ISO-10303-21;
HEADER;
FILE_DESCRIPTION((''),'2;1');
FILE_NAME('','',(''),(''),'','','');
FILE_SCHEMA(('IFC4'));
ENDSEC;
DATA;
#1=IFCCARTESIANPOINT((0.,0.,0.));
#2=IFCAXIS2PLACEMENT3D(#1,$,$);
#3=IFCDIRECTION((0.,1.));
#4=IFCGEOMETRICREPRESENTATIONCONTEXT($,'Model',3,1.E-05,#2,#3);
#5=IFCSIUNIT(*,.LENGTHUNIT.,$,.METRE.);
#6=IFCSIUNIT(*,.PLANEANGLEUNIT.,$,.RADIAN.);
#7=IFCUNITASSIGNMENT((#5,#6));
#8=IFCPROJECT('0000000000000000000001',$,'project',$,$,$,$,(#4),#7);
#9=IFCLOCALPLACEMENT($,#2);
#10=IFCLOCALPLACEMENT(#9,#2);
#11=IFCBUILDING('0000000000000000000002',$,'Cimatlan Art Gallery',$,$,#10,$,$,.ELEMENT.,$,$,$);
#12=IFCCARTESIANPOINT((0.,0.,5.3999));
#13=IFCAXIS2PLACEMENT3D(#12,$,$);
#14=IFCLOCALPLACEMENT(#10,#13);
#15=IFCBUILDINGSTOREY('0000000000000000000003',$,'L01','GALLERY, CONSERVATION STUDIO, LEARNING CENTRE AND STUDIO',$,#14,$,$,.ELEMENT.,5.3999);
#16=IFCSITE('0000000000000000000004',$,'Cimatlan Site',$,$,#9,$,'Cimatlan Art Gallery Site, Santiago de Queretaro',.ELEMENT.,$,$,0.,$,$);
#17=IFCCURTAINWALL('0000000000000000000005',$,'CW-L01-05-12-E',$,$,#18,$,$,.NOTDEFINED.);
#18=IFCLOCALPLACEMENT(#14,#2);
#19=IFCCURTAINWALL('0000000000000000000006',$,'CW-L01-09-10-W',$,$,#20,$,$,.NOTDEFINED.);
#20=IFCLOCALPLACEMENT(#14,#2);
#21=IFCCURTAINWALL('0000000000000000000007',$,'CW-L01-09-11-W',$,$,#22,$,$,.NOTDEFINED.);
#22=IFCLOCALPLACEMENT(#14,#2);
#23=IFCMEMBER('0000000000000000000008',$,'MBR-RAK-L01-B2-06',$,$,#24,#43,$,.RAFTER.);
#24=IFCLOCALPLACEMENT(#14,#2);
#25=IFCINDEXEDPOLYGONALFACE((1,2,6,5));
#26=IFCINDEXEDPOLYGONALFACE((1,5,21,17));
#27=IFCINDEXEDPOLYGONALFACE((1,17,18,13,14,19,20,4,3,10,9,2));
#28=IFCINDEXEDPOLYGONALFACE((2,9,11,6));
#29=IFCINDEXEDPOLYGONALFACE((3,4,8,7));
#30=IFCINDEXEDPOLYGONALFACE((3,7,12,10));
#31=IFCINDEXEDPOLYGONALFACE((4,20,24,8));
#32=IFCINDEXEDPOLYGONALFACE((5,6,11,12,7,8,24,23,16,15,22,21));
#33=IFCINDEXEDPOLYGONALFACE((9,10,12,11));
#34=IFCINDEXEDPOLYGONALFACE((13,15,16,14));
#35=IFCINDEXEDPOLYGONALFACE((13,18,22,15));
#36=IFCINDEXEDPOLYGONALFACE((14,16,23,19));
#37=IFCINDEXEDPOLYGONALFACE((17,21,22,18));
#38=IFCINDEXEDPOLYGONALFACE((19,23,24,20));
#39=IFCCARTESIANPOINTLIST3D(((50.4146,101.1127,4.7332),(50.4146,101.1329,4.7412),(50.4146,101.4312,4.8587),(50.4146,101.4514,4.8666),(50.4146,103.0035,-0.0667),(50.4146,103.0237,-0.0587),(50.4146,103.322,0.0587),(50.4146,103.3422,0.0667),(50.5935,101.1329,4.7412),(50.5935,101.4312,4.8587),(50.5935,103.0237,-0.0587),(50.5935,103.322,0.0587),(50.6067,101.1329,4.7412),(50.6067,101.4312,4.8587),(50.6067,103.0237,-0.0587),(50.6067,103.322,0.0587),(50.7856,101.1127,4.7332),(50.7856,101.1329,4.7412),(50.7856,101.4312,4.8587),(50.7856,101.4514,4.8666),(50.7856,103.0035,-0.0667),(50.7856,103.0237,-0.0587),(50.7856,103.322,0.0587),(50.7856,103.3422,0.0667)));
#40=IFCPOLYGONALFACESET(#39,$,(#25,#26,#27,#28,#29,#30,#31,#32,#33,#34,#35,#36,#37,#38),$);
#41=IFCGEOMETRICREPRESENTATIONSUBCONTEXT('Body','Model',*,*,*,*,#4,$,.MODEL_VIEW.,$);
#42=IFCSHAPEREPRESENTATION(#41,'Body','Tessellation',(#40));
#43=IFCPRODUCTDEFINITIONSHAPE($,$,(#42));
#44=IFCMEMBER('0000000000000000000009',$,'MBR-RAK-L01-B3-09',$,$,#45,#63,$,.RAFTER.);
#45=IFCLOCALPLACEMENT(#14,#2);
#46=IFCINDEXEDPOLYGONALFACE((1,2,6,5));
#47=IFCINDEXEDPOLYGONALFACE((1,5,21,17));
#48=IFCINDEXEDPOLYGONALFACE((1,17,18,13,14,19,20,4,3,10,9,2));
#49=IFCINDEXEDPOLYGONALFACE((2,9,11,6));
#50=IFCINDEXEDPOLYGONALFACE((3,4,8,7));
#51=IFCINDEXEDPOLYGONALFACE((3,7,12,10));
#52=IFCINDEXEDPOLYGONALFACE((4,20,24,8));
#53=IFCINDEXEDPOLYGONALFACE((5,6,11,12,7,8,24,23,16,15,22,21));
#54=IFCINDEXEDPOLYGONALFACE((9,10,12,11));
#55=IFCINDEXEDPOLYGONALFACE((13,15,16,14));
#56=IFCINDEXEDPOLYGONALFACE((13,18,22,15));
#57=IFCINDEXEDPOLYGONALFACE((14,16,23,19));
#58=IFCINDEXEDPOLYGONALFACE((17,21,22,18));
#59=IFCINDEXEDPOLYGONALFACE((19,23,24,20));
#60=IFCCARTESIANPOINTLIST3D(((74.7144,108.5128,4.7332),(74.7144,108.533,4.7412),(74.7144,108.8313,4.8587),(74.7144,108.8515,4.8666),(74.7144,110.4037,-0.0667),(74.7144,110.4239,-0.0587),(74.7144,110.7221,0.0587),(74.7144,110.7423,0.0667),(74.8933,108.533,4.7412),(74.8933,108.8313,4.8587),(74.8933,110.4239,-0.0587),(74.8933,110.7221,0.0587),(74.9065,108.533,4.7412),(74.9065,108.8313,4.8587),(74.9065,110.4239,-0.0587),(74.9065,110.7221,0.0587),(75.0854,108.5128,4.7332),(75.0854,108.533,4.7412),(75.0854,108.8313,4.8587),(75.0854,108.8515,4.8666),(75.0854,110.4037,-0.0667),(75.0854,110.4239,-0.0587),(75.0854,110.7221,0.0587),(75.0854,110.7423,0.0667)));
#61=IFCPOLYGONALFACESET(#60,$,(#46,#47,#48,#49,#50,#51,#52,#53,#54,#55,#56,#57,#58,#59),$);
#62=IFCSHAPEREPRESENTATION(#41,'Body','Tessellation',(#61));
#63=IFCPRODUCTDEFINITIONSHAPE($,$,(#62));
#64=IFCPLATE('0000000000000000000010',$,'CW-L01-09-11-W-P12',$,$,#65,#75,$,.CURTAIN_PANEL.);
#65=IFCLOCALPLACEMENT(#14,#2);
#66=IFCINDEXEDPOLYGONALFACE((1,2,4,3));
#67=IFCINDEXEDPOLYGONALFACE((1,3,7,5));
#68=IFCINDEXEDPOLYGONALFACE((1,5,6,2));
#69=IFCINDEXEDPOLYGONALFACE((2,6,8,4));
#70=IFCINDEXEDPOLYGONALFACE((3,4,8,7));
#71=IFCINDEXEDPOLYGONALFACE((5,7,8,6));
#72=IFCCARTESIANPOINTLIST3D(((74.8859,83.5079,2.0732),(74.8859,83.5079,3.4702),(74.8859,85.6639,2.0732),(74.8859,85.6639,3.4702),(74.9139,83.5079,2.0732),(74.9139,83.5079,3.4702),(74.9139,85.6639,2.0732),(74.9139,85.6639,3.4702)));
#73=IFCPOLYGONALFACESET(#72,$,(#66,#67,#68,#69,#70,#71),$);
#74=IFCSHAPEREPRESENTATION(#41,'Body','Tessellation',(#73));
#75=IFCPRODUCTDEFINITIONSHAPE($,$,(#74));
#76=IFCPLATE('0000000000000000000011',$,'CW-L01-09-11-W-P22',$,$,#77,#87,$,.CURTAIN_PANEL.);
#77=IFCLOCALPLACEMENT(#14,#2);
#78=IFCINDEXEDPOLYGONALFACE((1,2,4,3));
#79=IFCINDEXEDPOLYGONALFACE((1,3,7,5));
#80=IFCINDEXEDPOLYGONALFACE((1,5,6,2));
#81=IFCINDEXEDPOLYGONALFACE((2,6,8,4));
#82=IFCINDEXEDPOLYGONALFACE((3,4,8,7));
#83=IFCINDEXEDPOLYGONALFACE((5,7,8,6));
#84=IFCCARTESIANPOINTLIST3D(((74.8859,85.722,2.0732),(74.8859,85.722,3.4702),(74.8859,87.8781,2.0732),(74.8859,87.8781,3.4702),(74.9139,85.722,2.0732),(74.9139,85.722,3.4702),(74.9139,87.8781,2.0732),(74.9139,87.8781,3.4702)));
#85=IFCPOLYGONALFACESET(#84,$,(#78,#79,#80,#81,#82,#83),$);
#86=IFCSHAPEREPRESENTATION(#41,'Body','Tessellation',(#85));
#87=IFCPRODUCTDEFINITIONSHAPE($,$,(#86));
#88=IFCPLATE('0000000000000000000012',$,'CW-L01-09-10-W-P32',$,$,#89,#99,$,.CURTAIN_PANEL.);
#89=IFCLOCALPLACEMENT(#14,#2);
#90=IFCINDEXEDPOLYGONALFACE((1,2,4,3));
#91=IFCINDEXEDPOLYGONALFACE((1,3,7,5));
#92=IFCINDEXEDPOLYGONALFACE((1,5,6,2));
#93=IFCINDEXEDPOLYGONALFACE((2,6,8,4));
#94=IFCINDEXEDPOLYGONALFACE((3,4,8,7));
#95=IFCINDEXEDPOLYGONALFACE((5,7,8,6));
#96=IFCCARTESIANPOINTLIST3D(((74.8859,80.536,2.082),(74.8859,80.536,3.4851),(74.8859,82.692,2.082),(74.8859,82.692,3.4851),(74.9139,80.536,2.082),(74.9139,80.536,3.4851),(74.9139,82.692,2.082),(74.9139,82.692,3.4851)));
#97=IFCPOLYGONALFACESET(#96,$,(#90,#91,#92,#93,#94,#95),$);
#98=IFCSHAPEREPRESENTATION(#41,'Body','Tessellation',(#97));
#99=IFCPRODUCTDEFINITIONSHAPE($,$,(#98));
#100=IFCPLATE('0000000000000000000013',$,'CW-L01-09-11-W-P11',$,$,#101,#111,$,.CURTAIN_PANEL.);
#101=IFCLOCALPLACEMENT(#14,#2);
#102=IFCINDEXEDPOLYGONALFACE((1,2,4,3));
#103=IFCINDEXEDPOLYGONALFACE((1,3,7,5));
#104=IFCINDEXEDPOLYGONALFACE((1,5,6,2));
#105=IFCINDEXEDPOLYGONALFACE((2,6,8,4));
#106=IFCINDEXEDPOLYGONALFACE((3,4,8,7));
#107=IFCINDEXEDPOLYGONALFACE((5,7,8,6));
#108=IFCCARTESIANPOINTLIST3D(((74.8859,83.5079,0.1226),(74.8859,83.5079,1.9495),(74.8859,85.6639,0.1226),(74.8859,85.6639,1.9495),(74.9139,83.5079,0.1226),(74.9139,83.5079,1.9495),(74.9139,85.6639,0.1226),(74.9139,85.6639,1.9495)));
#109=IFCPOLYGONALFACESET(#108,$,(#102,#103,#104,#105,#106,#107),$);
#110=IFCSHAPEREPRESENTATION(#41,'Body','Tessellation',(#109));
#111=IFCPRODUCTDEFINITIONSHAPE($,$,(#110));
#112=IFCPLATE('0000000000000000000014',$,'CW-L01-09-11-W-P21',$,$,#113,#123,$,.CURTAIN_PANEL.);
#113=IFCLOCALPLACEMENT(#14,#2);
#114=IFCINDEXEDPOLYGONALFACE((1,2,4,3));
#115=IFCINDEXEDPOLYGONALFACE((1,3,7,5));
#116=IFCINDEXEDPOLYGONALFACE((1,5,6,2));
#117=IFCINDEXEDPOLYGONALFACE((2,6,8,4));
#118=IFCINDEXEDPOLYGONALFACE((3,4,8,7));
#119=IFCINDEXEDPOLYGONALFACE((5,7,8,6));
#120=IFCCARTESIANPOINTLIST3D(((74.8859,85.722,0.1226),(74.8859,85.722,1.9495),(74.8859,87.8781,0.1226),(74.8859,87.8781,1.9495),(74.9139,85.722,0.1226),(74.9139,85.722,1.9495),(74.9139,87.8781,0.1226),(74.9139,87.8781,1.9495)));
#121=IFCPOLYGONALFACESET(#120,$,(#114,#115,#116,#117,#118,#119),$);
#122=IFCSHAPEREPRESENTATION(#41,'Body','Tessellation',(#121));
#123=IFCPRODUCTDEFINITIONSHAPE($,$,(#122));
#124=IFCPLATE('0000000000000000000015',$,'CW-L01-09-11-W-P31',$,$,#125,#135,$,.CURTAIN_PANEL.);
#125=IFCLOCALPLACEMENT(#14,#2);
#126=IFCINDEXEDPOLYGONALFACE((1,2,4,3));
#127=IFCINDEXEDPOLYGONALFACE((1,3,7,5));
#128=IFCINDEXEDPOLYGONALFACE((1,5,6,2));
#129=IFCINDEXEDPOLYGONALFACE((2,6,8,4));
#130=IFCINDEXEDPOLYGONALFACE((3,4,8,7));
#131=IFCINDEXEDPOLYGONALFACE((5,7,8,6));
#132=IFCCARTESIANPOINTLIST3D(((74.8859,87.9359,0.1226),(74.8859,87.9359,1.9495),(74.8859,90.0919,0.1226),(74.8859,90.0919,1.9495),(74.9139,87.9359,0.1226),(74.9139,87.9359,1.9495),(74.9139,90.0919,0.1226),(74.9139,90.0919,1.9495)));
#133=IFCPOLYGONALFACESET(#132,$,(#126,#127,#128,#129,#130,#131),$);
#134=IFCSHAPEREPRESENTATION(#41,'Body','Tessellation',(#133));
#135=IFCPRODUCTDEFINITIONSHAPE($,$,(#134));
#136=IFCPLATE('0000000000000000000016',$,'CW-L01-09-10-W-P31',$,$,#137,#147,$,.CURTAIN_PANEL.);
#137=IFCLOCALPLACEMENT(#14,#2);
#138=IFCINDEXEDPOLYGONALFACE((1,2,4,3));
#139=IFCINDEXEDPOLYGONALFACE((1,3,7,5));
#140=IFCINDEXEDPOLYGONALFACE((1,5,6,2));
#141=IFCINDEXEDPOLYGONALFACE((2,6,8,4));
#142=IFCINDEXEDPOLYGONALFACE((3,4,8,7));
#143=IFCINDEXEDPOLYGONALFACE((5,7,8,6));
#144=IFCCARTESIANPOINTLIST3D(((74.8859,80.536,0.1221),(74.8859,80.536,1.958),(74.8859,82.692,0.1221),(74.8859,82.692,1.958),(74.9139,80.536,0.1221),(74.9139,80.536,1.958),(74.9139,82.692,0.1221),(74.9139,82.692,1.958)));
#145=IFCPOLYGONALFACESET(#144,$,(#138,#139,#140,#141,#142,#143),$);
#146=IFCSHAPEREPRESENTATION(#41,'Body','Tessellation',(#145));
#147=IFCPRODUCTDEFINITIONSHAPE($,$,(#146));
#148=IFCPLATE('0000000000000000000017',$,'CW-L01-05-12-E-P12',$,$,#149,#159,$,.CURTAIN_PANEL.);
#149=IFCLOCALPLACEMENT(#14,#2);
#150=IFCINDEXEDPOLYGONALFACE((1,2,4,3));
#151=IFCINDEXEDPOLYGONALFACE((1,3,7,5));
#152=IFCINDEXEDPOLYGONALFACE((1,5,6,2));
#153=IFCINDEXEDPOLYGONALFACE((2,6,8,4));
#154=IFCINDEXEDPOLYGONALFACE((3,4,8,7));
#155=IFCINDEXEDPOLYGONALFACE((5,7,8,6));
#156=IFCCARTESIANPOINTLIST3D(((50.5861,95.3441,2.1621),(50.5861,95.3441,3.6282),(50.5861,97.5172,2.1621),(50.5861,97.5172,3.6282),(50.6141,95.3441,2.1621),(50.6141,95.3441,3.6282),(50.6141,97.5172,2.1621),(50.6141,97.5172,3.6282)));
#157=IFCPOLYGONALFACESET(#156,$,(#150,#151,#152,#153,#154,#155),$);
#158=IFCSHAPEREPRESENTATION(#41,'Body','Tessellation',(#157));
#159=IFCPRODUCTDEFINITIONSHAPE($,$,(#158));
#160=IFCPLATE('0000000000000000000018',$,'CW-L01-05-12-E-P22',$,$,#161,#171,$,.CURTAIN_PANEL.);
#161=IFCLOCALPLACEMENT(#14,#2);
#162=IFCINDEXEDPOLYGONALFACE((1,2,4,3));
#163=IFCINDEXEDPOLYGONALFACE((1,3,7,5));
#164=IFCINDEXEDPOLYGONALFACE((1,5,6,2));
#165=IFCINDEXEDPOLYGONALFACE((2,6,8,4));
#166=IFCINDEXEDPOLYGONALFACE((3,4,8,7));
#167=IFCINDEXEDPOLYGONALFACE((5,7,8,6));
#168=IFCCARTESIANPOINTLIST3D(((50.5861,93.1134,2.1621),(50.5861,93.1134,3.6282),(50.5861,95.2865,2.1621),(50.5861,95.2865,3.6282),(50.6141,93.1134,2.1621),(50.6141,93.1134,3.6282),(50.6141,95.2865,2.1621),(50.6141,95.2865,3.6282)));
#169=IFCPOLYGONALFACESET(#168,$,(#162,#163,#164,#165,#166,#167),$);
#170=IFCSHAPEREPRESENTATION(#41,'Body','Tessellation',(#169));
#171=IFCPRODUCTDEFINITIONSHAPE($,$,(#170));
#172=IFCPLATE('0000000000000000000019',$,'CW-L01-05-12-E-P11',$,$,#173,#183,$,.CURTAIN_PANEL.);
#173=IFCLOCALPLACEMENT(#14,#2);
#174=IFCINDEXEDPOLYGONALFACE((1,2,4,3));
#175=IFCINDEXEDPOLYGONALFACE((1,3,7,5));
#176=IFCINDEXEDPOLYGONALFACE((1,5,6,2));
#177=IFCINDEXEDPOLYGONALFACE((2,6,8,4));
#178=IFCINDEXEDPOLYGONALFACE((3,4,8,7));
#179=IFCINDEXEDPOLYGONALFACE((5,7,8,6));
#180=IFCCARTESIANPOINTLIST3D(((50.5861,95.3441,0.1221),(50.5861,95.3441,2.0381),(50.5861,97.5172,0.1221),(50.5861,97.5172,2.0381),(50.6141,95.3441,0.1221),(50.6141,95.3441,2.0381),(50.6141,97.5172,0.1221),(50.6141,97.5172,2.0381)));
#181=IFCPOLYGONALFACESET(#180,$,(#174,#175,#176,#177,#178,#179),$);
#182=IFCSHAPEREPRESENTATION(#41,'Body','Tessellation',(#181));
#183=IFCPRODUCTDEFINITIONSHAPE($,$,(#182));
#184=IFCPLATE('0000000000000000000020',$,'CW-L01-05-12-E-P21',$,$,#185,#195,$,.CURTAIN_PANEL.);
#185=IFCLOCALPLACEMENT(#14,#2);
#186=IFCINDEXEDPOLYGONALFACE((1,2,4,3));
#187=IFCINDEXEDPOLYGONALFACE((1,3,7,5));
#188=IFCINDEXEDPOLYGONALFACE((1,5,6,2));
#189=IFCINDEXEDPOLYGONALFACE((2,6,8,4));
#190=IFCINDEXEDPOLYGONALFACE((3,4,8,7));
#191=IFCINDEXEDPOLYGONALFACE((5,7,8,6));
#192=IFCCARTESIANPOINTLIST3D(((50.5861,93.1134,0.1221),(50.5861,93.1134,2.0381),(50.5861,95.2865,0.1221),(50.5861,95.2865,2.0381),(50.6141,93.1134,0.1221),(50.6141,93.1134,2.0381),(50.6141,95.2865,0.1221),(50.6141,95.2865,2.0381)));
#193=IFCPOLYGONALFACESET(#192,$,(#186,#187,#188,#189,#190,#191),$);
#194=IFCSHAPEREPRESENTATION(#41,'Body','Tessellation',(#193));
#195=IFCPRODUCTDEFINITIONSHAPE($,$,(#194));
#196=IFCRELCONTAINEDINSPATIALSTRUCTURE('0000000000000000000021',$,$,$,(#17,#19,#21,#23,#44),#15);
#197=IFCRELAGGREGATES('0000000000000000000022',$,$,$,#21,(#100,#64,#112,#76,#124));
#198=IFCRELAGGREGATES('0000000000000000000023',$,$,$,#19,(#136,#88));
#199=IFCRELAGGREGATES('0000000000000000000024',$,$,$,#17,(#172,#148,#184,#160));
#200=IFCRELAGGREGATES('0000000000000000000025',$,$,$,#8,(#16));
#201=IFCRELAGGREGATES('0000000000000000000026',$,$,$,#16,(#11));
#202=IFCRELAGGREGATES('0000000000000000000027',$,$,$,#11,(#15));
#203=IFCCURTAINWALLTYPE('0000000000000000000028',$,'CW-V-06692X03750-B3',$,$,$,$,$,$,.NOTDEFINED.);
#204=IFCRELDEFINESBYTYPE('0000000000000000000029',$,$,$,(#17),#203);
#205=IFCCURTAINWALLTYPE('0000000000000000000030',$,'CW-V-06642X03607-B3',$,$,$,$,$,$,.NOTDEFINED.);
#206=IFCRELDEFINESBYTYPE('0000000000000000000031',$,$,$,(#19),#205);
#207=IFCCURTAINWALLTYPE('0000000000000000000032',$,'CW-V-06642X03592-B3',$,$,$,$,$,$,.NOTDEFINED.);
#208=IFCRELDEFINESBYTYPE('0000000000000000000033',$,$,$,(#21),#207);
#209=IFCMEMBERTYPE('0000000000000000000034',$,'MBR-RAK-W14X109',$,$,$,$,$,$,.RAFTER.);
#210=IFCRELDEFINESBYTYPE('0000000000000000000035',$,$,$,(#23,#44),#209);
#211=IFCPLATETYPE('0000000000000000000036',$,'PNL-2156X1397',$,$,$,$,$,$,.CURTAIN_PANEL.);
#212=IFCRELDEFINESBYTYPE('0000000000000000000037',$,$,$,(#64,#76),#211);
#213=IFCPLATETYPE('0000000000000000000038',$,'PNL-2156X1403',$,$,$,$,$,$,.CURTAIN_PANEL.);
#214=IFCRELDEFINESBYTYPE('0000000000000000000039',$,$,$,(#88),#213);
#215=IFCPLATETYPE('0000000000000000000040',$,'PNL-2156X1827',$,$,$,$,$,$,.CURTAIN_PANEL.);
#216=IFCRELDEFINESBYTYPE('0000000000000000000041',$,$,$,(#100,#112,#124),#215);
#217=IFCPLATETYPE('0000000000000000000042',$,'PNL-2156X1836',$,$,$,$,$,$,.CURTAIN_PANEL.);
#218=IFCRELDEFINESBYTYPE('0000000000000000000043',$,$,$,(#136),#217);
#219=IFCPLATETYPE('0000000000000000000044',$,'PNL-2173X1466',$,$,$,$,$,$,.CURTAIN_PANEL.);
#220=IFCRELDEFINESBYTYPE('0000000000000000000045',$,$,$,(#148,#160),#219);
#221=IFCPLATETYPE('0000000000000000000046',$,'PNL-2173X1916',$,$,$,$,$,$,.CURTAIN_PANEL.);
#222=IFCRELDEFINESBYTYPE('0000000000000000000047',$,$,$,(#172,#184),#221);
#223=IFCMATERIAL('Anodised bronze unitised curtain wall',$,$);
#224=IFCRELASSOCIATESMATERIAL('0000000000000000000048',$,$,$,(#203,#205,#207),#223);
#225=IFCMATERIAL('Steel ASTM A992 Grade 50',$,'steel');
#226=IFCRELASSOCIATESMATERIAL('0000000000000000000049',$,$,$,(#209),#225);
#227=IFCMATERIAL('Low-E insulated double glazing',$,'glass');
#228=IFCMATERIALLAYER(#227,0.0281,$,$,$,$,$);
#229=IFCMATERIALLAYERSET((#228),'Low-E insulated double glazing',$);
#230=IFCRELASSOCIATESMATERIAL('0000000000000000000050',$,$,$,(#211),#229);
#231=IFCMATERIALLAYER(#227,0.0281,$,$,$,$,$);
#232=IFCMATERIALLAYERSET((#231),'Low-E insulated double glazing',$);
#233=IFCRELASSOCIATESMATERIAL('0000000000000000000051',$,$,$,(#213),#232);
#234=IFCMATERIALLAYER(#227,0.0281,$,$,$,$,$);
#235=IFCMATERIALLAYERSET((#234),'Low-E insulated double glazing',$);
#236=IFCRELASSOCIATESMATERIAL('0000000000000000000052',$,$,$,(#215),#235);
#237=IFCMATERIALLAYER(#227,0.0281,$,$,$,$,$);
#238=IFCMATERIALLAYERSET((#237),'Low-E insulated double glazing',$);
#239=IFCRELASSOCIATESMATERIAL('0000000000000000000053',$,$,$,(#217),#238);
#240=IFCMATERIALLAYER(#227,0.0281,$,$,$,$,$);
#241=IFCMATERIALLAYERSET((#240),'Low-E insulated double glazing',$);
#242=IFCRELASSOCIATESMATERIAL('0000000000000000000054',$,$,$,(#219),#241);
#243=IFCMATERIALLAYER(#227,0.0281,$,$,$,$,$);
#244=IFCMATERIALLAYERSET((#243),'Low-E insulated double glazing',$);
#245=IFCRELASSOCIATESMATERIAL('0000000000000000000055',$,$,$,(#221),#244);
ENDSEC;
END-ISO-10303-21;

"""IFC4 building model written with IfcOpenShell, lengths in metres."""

from ifc_helpers import new_model, si_unit, direction, frame, origin, origin_2d, place, context, subcontext, project, spatial, rectangle, i_section, extrude, material, layer, layer_set, material_profile, profile_set, type_object, element, aggregate, save


model = new_model("IFC4")

# Units and contexts
model_context = context("Model", 3, precision=1e-05, world=origin(), true_north=direction((0.0, 1.0)))
body_context = subcontext(model_context, "Body", "Model", "MODEL_VIEW")
ifc_project = project(units=[si_unit("LENGTHUNIT", "METRE"), si_unit("PLANEANGLEUNIT", "RADIAN")], contexts=[model_context])

# Site, building, storey
site_placement = place(None, origin())
site = spatial("IfcSite", under=ifc_project, at=site_placement, Name="Cimatlan Site", LongName="Cimatlan Art Gallery Site, Santiago de Queretaro", CompositionType="ELEMENT", RefElevation=0.0)
building_placement = place(site_placement, origin())
building = spatial("IfcBuilding", under=site, at=building_placement, Name="Cimatlan Art Gallery", CompositionType="ELEMENT")
storey_placement = place(building_placement, frame((0.0, 0.0, 5.3999)))
storey = spatial("IfcBuildingStorey", under=building, at=storey_placement, Name="L01", Description="GALLERY, CONSERVATION STUDIO, LEARNING CENTRE AND STUDIO", CompositionType="ELEMENT", Elevation=5.3999)

# Shared definitions
ifc_material_1 = material(Name="Steel ASTM A992 Grade 50", Category="steel")

# Curtain wall
ifc_material_2 = material(Name="Anodised bronze unitised curtain wall")
curtain_wall_type_1 = type_object("IfcCurtainWallType", Name="CW-V-06692X03750-B3", PredefinedType="NOTDEFINED", material=ifc_material_2)
curtain_wall_1_placement = place(storey_placement, origin())
curtain_wall_1 = element("IfcCurtainWall", 1, at=curtain_wall_1_placement, inside=storey, type_object=curtain_wall_type_1, Name="CW-L01-05-12-E", PredefinedType="NOTDEFINED")

# Curtain wall
curtain_wall_type_2 = type_object("IfcCurtainWallType", Name="CW-V-06642X03607-B3", PredefinedType="NOTDEFINED", material=ifc_material_2)
curtain_wall_2_placement = place(storey_placement, origin())
curtain_wall_2 = element("IfcCurtainWall", 2, at=curtain_wall_2_placement, inside=storey, type_object=curtain_wall_type_2, Name="CW-L01-09-10-W", PredefinedType="NOTDEFINED")

# Curtain wall
curtain_wall_type_3 = type_object("IfcCurtainWallType", Name="CW-V-06642X03592-B3", PredefinedType="NOTDEFINED", material=ifc_material_2)
curtain_wall_3_placement = place(storey_placement, origin())
curtain_wall_3 = element("IfcCurtainWall", 3, at=curtain_wall_3_placement, inside=storey, type_object=curtain_wall_type_3, Name="CW-L01-09-11-W", PredefinedType="NOTDEFINED")

# Members
ifc_material_profile_1 = material_profile(ifc_material_1, i_section(OverallWidth=0.3711, OverallDepth=0.364, WebThickness=0.0132, FlangeThickness=0.0217, at=origin_2d()), Name="W14X109")
ifc_profile_set_1 = profile_set([ifc_material_profile_1], Name="Steel ASTM A992 Grade 50")
member_type_1 = type_object("IfcMemberType", Name="MBR-RAK-W14X109", PredefinedType="RAFTER", material=ifc_profile_set_1)
for number, where, z_axis, x_axis, name in (
    (4, (50.6001, 103.1729, 0.0), (0.0, -0.366515, 0.930412), (1.0, 0.0, 0.0), "MBR-RAK-L01-B2-06"),
    (5, (74.8999, 110.573, 0.0), (0.0, -0.366515, 0.930412), (1.0, 0.0, 0.0), "MBR-RAK-L01-B3-09"),
):
    element("IfcMember", number, at=place(storey_placement, frame(where, z_axis=z_axis, x_axis=x_axis)), inside=storey, type_object=member_type_1, Name=name, PredefinedType="RAFTER", context=body_context, shape_type="SweptSolid", body=[
        extrude(i_section(OverallWidth=0.3711, OverallDepth=0.364, WebThickness=0.0132, FlangeThickness=0.0217, at=origin_2d()), origin(), (0.0, 0.0, 1.0), 5.1589),
    ])

# Plates
ifc_material_3 = material(Name="Low-E insulated double glazing", Category="glass")
ifc_layer_1 = layer(ifc_material_3, 0.0281)
ifc_layer_set_1 = layer_set([ifc_layer_1], Name="Low-E insulated double glazing")
plate_type_1 = type_object("IfcPlateType", Name="PNL-2156X1397", PredefinedType="CURTAIN_PANEL", material=ifc_layer_set_1)
plate_1_placement = place(storey_placement, frame((74.8999, 84.5859, 2.0732), z_axis=(0.0, 0.0, 1.0), x_axis=(0.0, 1.0, 0.0)))
plate_1 = element("IfcPlate", 6, at=plate_1_placement, type_object=plate_type_1, Name="CW-L01-09-11-W-P12", PredefinedType="CURTAIN_PANEL", context=body_context, shape_type="SweptSolid", body=[
    extrude(rectangle(XDim=2.156, YDim=0.0281, at=origin_2d()), origin(), (0.0, 0.0, 1.0), 1.397),
])
plate_2_placement = place(storey_placement, frame((74.8999, 86.8, 2.0732), z_axis=(0.0, 0.0, 1.0), x_axis=(0.0, 1.0, 0.0)))
plate_2 = element("IfcPlate", 7, at=plate_2_placement, type_object=plate_type_1, Name="CW-L01-09-11-W-P22", PredefinedType="CURTAIN_PANEL", context=body_context, shape_type="SweptSolid", body=[
    extrude(rectangle(XDim=2.156, YDim=0.0281, at=origin_2d()), origin(), (0.0, 0.0, 1.0), 1.397),
])
ifc_layer_2 = layer(ifc_material_3, 0.0281)
ifc_layer_set_2 = layer_set([ifc_layer_2], Name="Low-E insulated double glazing")
plate_type_2 = type_object("IfcPlateType", Name="PNL-2156X1403", PredefinedType="CURTAIN_PANEL", material=ifc_layer_set_2)
plate_3_placement = place(storey_placement, frame((74.8999, 81.614, 2.082), z_axis=(0.0, 0.0, 1.0), x_axis=(0.0, 1.0, 0.0)))
plate_3 = element("IfcPlate", 8, at=plate_3_placement, type_object=plate_type_2, Name="CW-L01-09-10-W-P32", PredefinedType="CURTAIN_PANEL", context=body_context, shape_type="SweptSolid", body=[
    extrude(rectangle(XDim=2.156, YDim=0.0281, at=origin_2d()), origin(), (0.0, 0.0, 1.0), 1.4031),
])
ifc_layer_3 = layer(ifc_material_3, 0.0281)
ifc_layer_set_3 = layer_set([ifc_layer_3], Name="Low-E insulated double glazing")
plate_type_3 = type_object("IfcPlateType", Name="PNL-2156X1827", PredefinedType="CURTAIN_PANEL", material=ifc_layer_set_3)
plate_4_placement = place(storey_placement, frame((74.8999, 84.5859, 0.1226), z_axis=(0.0, 0.0, 1.0), x_axis=(0.0, 1.0, 0.0)))
plate_4 = element("IfcPlate", 9, at=plate_4_placement, type_object=plate_type_3, Name="CW-L01-09-11-W-P11", PredefinedType="CURTAIN_PANEL", context=body_context, shape_type="SweptSolid", body=[
    extrude(rectangle(XDim=2.156, YDim=0.0281, at=origin_2d()), origin(), (0.0, 0.0, 1.0), 1.8269),
])
plate_5_placement = place(storey_placement, frame((74.8999, 86.8, 0.1226), z_axis=(0.0, 0.0, 1.0), x_axis=(0.0, 1.0, 0.0)))
plate_5 = element("IfcPlate", 10, at=plate_5_placement, type_object=plate_type_3, Name="CW-L01-09-11-W-P21", PredefinedType="CURTAIN_PANEL", context=body_context, shape_type="SweptSolid", body=[
    extrude(rectangle(XDim=2.156, YDim=0.0281, at=origin_2d()), origin(), (0.0, 0.0, 1.0), 1.8269),
])
plate_6_placement = place(storey_placement, frame((74.8999, 89.0139, 0.1226), z_axis=(0.0, 0.0, 1.0), x_axis=(0.0, 1.0, 0.0)))
plate_6 = element("IfcPlate", 11, at=plate_6_placement, type_object=plate_type_3, Name="CW-L01-09-11-W-P31", PredefinedType="CURTAIN_PANEL", context=body_context, shape_type="SweptSolid", body=[
    extrude(rectangle(XDim=2.156, YDim=0.0281, at=origin_2d()), origin(), (0.0, 0.0, 1.0), 1.8269),
])
aggregate(curtain_wall_3, [plate_4, plate_1, plate_5, plate_2, plate_6])
ifc_layer_4 = layer(ifc_material_3, 0.0281)
ifc_layer_set_4 = layer_set([ifc_layer_4], Name="Low-E insulated double glazing")
plate_type_4 = type_object("IfcPlateType", Name="PNL-2156X1836", PredefinedType="CURTAIN_PANEL", material=ifc_layer_set_4)
plate_7_placement = place(storey_placement, frame((74.8999, 81.614, 0.1221), z_axis=(0.0, 0.0, 1.0), x_axis=(0.0, 1.0, 0.0)))
plate_7 = element("IfcPlate", 12, at=plate_7_placement, type_object=plate_type_4, Name="CW-L01-09-10-W-P31", PredefinedType="CURTAIN_PANEL", context=body_context, shape_type="SweptSolid", body=[
    extrude(rectangle(XDim=2.156, YDim=0.0281, at=origin_2d()), origin(), (0.0, 0.0, 1.0), 1.8359),
])
aggregate(curtain_wall_2, [plate_7, plate_3])
ifc_layer_5 = layer(ifc_material_3, 0.0281)
ifc_layer_set_5 = layer_set([ifc_layer_5], Name="Low-E insulated double glazing")
plate_type_5 = type_object("IfcPlateType", Name="PNL-2173X1466", PredefinedType="CURTAIN_PANEL", material=ifc_layer_set_5)
plate_8_placement = place(storey_placement, frame((50.6001, 96.4307, 2.1621), z_axis=(0.0, 0.0, 1.0), x_axis=(0.0, -1.0, 0.0)))
plate_8 = element("IfcPlate", 13, at=plate_8_placement, type_object=plate_type_5, Name="CW-L01-05-12-E-P12", PredefinedType="CURTAIN_PANEL", context=body_context, shape_type="SweptSolid", body=[
    extrude(rectangle(XDim=2.1731, YDim=0.0281, at=origin_2d()), origin(), (0.0, 0.0, 1.0), 1.4661),
])
plate_9_placement = place(storey_placement, frame((50.6001, 94.2, 2.1621), z_axis=(0.0, 0.0, 1.0), x_axis=(0.0, -1.0, 0.0)))
plate_9 = element("IfcPlate", 14, at=plate_9_placement, type_object=plate_type_5, Name="CW-L01-05-12-E-P22", PredefinedType="CURTAIN_PANEL", context=body_context, shape_type="SweptSolid", body=[
    extrude(rectangle(XDim=2.1731, YDim=0.0281, at=origin_2d()), origin(), (0.0, 0.0, 1.0), 1.4661),
])
ifc_layer_6 = layer(ifc_material_3, 0.0281)
ifc_layer_set_6 = layer_set([ifc_layer_6], Name="Low-E insulated double glazing")
plate_type_6 = type_object("IfcPlateType", Name="PNL-2173X1916", PredefinedType="CURTAIN_PANEL", material=ifc_layer_set_6)
plate_10_placement = place(storey_placement, frame((50.6001, 96.4307, 0.1221), z_axis=(0.0, 0.0, 1.0), x_axis=(0.0, -1.0, 0.0)))
plate_10 = element("IfcPlate", 15, at=plate_10_placement, type_object=plate_type_6, Name="CW-L01-05-12-E-P11", PredefinedType="CURTAIN_PANEL", context=body_context, shape_type="SweptSolid", body=[
    extrude(rectangle(XDim=2.1731, YDim=0.0281, at=origin_2d()), origin(), (0.0, 0.0, 1.0), 1.916),
])
plate_11_placement = place(storey_placement, frame((50.6001, 94.2, 0.1221), z_axis=(0.0, 0.0, 1.0), x_axis=(0.0, -1.0, 0.0)))
plate_11 = element("IfcPlate", 16, at=plate_11_placement, type_object=plate_type_6, Name="CW-L01-05-12-E-P21", PredefinedType="CURTAIN_PANEL", context=body_context, shape_type="SweptSolid", body=[
    extrude(rectangle(XDim=2.1731, YDim=0.0281, at=origin_2d()), origin(), (0.0, 0.0, 1.0), 1.916),
])
aggregate(curtain_wall_1, [plate_10, plate_8, plate_11, plate_9])

save(model, "model.ifc")
